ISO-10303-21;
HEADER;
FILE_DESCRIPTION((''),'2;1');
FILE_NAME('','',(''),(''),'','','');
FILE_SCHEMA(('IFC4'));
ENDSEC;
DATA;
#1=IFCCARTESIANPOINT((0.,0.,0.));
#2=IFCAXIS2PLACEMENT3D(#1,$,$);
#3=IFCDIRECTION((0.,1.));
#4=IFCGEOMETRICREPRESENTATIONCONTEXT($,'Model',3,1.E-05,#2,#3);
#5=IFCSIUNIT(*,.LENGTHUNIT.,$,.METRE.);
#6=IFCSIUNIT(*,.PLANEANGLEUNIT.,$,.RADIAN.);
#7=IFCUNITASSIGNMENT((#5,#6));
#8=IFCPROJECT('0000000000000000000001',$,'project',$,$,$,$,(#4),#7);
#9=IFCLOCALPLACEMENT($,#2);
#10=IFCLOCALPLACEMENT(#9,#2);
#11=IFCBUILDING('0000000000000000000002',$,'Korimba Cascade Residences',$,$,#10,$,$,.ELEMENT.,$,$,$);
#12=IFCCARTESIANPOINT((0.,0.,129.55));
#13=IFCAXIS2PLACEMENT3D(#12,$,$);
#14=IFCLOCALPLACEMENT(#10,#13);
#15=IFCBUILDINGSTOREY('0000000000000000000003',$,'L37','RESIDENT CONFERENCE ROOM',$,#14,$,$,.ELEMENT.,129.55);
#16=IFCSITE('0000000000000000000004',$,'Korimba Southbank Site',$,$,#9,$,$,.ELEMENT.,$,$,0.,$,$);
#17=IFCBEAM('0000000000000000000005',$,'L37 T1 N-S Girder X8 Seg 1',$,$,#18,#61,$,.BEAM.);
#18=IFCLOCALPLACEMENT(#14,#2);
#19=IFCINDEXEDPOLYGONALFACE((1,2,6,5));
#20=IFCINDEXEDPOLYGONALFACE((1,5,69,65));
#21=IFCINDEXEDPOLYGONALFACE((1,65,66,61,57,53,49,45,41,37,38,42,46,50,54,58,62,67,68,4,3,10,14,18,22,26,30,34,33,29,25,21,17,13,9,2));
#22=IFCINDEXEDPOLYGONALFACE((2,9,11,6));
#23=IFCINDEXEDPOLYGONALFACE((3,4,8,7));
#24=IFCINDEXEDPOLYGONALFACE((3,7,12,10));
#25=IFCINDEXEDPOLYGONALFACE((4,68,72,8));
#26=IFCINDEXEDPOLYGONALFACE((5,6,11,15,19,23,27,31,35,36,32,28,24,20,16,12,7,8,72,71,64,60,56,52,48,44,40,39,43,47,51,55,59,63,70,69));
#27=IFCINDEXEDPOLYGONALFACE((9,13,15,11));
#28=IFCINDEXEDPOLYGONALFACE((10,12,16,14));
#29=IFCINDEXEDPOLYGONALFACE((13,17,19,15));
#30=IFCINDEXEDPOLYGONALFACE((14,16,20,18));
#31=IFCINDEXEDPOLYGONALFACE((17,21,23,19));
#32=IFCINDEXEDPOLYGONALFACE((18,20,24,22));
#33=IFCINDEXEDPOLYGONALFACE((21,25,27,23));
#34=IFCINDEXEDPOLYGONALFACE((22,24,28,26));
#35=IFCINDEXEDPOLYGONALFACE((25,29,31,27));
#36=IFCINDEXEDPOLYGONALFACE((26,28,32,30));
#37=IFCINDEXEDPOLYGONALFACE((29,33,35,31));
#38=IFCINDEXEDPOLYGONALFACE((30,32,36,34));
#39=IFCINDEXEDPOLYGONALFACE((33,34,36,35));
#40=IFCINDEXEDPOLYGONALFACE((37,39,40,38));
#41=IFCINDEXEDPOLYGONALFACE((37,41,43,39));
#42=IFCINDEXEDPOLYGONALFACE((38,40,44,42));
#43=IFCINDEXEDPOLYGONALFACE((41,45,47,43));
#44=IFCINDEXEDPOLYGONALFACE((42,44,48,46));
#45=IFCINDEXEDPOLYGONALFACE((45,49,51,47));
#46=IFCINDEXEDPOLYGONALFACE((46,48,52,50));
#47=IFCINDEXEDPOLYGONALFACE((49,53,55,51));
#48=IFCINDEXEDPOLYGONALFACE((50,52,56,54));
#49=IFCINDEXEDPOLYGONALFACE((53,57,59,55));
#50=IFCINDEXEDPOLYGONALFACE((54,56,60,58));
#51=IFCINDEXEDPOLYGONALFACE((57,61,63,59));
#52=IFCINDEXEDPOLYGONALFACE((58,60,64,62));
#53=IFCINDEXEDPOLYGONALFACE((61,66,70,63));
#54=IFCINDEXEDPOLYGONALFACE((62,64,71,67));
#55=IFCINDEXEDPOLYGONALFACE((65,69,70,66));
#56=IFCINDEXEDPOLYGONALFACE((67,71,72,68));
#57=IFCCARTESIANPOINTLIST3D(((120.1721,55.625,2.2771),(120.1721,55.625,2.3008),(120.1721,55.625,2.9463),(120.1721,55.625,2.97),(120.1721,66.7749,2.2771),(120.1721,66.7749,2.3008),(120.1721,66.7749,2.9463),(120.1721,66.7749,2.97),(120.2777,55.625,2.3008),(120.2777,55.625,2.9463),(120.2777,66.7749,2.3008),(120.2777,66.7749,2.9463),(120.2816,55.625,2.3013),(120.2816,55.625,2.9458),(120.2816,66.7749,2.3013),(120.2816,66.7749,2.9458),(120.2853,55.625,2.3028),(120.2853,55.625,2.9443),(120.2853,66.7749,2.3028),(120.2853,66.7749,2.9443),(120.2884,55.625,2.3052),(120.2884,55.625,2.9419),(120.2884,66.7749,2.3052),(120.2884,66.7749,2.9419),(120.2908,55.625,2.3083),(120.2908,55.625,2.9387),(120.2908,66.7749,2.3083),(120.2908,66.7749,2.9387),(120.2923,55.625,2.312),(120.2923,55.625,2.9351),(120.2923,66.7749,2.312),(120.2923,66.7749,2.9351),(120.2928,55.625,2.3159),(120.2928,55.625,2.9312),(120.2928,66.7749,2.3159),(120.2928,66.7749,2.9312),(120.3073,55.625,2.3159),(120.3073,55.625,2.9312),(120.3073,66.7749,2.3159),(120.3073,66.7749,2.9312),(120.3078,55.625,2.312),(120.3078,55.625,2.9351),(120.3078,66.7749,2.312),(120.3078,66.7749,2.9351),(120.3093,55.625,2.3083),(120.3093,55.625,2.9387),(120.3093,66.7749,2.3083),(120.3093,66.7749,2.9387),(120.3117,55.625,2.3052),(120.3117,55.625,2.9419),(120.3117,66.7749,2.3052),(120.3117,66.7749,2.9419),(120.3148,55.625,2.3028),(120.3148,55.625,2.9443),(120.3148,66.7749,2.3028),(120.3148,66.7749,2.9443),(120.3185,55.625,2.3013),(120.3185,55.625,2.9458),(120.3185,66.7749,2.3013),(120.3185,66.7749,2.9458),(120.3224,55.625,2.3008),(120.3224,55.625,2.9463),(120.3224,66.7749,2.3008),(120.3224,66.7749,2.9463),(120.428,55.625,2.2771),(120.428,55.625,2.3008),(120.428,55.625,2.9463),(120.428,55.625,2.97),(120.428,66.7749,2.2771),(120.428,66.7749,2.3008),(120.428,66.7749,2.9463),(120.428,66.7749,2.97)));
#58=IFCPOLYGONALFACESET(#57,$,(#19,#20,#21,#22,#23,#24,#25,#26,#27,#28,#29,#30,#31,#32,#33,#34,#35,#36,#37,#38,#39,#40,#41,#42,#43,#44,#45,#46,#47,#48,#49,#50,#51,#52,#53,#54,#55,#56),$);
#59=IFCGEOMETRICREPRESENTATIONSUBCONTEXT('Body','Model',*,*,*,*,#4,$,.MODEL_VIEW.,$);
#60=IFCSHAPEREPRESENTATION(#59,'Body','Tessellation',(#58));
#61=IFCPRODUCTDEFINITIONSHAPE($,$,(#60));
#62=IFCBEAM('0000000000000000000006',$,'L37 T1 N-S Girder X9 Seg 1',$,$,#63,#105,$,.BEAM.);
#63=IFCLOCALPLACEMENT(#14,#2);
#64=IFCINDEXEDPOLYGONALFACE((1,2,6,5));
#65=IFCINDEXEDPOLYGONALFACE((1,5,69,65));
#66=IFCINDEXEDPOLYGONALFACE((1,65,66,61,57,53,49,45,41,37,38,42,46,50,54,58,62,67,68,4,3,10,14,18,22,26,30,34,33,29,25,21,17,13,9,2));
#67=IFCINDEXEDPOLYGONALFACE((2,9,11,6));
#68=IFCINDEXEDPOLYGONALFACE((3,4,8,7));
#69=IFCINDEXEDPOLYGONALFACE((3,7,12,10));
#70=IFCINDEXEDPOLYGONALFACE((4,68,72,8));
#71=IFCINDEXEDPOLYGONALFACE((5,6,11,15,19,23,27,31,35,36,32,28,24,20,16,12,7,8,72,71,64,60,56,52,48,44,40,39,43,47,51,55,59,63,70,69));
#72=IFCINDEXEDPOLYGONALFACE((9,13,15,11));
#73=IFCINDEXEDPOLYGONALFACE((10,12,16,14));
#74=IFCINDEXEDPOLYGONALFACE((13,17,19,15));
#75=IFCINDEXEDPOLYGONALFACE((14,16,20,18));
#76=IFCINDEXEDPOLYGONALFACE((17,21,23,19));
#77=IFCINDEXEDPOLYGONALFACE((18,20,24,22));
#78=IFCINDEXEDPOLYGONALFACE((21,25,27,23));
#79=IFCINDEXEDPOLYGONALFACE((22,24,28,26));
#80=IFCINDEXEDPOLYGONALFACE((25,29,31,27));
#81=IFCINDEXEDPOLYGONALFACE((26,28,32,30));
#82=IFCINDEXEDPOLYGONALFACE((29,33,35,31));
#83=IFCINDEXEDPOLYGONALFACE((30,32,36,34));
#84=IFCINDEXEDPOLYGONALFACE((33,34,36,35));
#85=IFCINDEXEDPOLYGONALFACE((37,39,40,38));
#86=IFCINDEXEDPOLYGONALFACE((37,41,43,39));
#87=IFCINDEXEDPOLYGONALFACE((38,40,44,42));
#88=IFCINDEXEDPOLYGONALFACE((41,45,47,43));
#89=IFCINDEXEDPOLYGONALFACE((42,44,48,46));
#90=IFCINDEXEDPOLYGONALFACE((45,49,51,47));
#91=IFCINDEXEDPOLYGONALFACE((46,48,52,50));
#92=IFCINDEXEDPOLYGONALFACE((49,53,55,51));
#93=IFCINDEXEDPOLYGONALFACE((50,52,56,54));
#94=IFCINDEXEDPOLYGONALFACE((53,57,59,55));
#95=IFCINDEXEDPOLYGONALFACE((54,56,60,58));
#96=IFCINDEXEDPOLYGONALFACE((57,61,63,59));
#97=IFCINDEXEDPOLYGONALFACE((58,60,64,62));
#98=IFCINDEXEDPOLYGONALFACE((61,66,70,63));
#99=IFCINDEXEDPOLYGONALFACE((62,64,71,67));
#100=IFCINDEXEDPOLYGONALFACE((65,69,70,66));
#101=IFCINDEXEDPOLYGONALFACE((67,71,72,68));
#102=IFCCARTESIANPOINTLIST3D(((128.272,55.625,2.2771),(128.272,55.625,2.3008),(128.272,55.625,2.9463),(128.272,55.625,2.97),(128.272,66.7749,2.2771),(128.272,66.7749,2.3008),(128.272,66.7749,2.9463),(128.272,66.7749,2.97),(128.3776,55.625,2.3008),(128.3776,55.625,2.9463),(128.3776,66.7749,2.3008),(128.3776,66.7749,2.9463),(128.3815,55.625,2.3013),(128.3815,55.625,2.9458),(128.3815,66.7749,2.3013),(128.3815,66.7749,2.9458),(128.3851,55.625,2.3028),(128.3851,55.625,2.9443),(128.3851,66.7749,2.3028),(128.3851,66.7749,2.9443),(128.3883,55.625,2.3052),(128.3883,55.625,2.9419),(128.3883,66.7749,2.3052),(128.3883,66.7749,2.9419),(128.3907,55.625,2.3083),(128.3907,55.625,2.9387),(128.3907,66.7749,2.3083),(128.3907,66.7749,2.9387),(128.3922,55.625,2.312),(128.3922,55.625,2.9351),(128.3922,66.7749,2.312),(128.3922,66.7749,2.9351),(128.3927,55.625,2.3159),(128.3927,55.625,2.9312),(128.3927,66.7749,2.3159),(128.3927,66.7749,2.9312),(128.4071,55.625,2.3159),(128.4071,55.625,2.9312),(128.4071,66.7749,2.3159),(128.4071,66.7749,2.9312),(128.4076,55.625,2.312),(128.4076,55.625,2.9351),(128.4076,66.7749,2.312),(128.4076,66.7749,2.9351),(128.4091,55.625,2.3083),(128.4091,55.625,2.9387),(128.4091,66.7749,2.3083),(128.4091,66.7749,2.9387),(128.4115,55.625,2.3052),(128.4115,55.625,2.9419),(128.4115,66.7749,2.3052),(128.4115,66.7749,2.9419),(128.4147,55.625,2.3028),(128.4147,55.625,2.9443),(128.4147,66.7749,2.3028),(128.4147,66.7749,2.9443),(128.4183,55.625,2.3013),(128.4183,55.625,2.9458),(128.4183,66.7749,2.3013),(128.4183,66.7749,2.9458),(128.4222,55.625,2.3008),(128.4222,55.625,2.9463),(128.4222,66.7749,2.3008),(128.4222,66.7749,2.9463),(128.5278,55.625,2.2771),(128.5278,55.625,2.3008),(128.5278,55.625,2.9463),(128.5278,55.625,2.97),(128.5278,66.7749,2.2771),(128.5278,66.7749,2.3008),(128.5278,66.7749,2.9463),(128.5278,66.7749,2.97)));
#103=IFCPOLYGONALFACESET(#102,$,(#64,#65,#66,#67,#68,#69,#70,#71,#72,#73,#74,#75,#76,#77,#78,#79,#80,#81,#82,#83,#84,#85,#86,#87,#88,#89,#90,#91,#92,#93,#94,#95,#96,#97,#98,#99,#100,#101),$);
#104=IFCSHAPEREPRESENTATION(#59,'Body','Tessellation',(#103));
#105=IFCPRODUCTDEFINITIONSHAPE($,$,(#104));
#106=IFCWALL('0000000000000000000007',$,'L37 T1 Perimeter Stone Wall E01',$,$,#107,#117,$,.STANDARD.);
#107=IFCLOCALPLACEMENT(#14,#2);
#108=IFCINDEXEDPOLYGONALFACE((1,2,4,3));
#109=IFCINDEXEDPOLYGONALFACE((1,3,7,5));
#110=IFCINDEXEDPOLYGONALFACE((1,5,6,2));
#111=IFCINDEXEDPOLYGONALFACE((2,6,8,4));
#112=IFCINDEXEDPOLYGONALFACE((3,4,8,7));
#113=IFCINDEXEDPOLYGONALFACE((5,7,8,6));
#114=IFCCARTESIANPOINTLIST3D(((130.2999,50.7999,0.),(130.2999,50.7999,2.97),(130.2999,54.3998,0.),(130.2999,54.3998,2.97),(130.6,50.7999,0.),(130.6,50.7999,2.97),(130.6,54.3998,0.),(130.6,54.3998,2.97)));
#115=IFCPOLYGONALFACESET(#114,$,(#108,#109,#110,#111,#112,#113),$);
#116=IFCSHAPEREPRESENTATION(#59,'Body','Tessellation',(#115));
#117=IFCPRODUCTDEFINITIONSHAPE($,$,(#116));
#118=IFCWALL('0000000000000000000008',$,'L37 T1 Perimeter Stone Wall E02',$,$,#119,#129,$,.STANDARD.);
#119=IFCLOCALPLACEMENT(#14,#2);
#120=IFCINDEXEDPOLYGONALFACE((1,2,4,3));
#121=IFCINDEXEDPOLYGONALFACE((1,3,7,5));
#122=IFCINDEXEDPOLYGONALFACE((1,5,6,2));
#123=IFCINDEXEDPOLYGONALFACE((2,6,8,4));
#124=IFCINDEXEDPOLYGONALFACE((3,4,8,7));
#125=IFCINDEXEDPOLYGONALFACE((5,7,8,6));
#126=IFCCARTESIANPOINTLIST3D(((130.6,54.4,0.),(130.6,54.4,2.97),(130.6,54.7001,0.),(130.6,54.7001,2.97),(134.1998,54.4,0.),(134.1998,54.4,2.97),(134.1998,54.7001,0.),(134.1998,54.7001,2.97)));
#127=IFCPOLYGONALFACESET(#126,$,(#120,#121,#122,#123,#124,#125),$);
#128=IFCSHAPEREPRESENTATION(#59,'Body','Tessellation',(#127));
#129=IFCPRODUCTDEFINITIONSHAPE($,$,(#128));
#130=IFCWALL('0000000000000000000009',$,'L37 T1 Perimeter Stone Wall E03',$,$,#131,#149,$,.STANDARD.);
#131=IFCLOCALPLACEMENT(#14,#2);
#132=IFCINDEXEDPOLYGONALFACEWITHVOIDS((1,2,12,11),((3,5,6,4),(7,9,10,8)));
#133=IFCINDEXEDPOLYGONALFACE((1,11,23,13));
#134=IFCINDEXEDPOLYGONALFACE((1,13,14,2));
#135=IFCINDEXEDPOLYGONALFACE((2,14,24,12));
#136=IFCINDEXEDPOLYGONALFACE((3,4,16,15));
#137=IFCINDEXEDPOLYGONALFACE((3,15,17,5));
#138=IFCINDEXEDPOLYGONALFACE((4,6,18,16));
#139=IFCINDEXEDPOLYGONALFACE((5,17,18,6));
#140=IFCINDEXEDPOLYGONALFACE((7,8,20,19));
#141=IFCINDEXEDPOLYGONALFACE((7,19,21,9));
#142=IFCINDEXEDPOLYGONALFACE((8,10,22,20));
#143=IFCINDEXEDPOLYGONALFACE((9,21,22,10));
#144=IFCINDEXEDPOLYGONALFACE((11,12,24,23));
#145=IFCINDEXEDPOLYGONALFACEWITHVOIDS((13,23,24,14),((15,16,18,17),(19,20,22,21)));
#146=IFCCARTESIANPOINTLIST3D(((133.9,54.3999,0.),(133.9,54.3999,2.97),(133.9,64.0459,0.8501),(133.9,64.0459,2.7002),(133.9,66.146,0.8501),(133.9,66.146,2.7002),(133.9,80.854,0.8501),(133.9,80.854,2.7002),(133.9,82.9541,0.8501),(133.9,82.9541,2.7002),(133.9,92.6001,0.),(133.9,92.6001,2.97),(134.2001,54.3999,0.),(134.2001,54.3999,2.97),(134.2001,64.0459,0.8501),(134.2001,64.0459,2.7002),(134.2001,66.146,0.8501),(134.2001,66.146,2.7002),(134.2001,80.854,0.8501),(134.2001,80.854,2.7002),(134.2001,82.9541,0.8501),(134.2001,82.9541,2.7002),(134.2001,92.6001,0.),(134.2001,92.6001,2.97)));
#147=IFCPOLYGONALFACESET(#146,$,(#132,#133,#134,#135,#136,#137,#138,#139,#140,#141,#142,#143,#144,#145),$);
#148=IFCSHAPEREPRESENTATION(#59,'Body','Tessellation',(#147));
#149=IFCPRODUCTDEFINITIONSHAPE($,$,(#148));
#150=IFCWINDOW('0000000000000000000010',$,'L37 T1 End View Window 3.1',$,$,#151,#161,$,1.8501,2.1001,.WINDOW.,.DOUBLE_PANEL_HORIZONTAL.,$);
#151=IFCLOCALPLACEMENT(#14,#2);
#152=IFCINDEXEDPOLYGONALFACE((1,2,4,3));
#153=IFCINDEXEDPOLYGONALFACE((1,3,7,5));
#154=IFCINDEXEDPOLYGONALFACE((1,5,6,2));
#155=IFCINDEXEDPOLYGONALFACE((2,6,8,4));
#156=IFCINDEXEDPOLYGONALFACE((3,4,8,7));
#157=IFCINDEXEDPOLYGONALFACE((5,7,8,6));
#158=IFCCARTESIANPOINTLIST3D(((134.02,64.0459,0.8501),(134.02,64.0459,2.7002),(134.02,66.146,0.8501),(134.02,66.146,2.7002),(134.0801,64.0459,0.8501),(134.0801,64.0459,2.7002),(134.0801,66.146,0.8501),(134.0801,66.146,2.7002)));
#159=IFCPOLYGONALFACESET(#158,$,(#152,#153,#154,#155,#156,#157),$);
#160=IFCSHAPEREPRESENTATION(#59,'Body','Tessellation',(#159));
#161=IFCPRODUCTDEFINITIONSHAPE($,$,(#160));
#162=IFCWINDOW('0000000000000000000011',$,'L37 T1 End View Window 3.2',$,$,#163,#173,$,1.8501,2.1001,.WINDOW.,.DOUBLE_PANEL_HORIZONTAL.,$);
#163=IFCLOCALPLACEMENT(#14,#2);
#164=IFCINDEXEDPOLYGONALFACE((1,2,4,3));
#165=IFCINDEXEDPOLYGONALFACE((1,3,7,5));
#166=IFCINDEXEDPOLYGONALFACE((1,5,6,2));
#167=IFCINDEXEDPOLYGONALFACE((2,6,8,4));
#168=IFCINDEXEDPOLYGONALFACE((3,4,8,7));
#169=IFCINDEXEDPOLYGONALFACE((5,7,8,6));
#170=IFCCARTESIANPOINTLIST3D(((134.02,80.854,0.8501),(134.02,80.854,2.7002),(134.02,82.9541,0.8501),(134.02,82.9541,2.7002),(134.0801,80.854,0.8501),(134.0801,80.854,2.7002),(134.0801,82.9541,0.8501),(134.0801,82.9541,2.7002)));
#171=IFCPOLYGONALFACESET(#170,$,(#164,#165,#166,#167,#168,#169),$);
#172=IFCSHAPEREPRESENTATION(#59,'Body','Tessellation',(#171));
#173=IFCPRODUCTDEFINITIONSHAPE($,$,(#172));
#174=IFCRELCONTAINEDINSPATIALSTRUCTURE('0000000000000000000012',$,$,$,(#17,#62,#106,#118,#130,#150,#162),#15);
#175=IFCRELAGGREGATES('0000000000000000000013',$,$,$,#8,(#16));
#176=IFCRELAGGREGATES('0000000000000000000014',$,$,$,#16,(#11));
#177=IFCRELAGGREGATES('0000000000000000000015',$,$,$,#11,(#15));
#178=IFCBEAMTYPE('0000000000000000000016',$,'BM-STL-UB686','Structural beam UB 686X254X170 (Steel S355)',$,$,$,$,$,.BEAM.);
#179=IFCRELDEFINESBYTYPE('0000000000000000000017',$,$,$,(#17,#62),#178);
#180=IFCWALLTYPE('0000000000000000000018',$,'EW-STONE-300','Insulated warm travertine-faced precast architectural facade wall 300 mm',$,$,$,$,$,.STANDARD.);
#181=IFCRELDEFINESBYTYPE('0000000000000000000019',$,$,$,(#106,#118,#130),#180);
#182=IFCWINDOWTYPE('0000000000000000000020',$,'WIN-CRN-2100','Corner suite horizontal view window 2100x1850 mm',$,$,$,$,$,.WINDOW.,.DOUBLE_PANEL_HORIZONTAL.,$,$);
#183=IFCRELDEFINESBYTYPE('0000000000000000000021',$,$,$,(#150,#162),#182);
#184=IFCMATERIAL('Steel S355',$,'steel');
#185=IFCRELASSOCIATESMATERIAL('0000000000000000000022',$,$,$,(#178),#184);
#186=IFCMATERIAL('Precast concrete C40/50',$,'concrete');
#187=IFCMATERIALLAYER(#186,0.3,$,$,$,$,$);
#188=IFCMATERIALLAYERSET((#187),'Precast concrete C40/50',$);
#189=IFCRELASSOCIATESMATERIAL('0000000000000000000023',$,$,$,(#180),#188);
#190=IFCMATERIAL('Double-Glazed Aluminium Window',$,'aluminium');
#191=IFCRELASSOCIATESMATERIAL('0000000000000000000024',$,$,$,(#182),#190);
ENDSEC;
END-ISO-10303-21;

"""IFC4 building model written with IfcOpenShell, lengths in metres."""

from ifc_helpers import new_model, si_unit, direction, frame, frame_2d, origin, origin_2d, place, context, subcontext, project, spatial, rectangle, i_section, extrude, material, layer, layer_set, material_profile, profile_set, type_object, element, fill, save


model = new_model("IFC4")

# Units and contexts
model_context = context("Model", 3, precision=1e-05, world=origin(), true_north=direction((0.0, 1.0)))
body_context = subcontext(model_context, "Body", "Model", "MODEL_VIEW")
ifc_project = project(units=[si_unit("LENGTHUNIT", "METRE"), si_unit("PLANEANGLEUNIT", "RADIAN")], contexts=[model_context])

# Site, building, storey
site_placement = place(None, origin())
site = spatial("IfcSite", under=ifc_project, at=site_placement, Name="Korimba Southbank Site", CompositionType="ELEMENT", RefElevation=0.0)
building_placement = place(site_placement, origin())
building = spatial("IfcBuilding", under=site, at=building_placement, Name="Korimba Cascade Residences", CompositionType="ELEMENT")
storey_placement = place(building_placement, frame((0.0, 0.0, 129.55)))
storey = spatial("IfcBuildingStorey", under=building, at=storey_placement, Name="L37", Description="RESIDENT CONFERENCE ROOM", CompositionType="ELEMENT", Elevation=129.55)

# Beams
ifc_material_1 = material(Name="Steel S355", Category="steel")
ifc_material_profile_1 = material_profile(ifc_material_1, i_section(OverallWidth=0.2559, OverallDepth=0.6929, WebThickness=0.0144, FlangeThickness=0.0237, FilletRadius=0.0151, at=origin_2d()), Name="Steel S355")
ifc_profile_set_1 = profile_set([ifc_material_profile_1], Name="Steel S355")
beam_type_1 = type_object("IfcBeamType", Name="BM-STL-UB686", Description="Structural beam UB 686X254X170 (Steel S355)", PredefinedType="BEAM", material=ifc_profile_set_1)
for number, where, z_axis, x_axis, name in (
    (1, (120.3, 55.625, 2.6235), (0.0, 1.0, 0.0), (-1.0, 0.0, 0.0), "L37 T1 N-S Girder X8 Seg 1"),
    (2, (128.3999, 55.625, 2.6235), (0.0, 1.0, 0.0), (-1.0, 0.0, 0.0), "L37 T1 N-S Girder X9 Seg 1"),
):
    element("IfcBeam", number, at=place(storey_placement, frame(where, z_axis=z_axis, x_axis=x_axis)), inside=storey, type_object=beam_type_1, Name=name, PredefinedType="BEAM", context=body_context, shape_type="SweptSolid", body=[
        extrude(i_section(OverallWidth=0.2559, OverallDepth=0.6929, WebThickness=0.0144, FlangeThickness=0.0237, FilletRadius=0.0151, at=origin_2d()), origin(), (0.0, 0.0, 1.0), 11.1499),
    ])

# Walls
ifc_material_2 = material(Name="Precast concrete C40/50", Category="concrete")
ifc_layer_1 = layer(ifc_material_2, 0.3)
ifc_layer_set_1 = layer_set([ifc_layer_1], Name="Precast concrete C40/50")
wall_type_1 = type_object("IfcWallType", Name="EW-STONE-300", Description="Insulated warm travertine-faced precast architectural facade wall 300 mm", PredefinedType="STANDARD", material=ifc_layer_set_1)
for number, where, z_axis, x_axis, name in (
    (3, (130.45, 50.8, 0.0), (0.0, 0.0, 1.0), (0.0, 1.0, 0.0), "L37 T1 Perimeter Stone Wall E01"),
    (4, (130.6001, 54.55, 0.0), (0.0, 0.0, 1.0), (1.0, 0.0, 0.0), "L37 T1 Perimeter Stone Wall E02"),
):
    element("IfcWall", number, at=place(storey_placement, frame(where, z_axis=z_axis, x_axis=x_axis)), inside=storey, type_object=wall_type_1, Name=name, PredefinedType="STANDARD", context=body_context, shape_type="SweptSolid", body=[
        extrude(rectangle(XDim=3.5999, YDim=0.3, at=frame_2d((1.7998, 0.0))), origin(), (0.0, 0.0, 1.0), 2.97),
    ])

# Wall, openings, windows
wall_1_placement = place(storey_placement, frame((134.05, 54.3999, 0.0), z_axis=(0.0, 0.0, 1.0), x_axis=(0.0, 1.0, 0.0)))
wall_1 = element("IfcWall", 5, at=wall_1_placement, inside=storey, type_object=wall_type_1, Name="L37 T1 Perimeter Stone Wall E03", PredefinedType="STANDARD", context=body_context, shape_type="SweptSolid", body=[
    extrude(rectangle(XDim=38.2002, YDim=0.3, at=frame_2d((19.1001, 0.0))), origin(), (0.0, 0.0, 1.0), 2.97),
])
opening_1_placement = place(wall_1_placement, frame((9.646, 0.0, 0.8501)))
opening_1 = element("IfcOpeningElement", 6, at=opening_1_placement, cuts=wall_1, PredefinedType="OPENING", context=body_context, shape_type="SweptSolid", body=[
    extrude(rectangle(XDim=2.1001, YDim=1.8501, at=frame_2d((1.05, 0.925))), frame((0.0, 0.1602, 0.0), z_axis=(0.0, -1.0, 0.0), x_axis=(1.0, 0.0, 0.0)), (0.0, 0.0, 1.0), 0.3201),
])
opening_2_placement = place(wall_1_placement, frame((26.4541, 0.0, 0.8501)))
opening_2 = element("IfcOpeningElement", 7, at=opening_2_placement, cuts=wall_1, PredefinedType="OPENING", context=body_context, shape_type="SweptSolid", body=[
    extrude(rectangle(XDim=2.1001, YDim=1.8501, at=frame_2d((1.05, 0.925))), frame((0.0, 0.1602, 0.0), z_axis=(0.0, -1.0, 0.0), x_axis=(1.0, 0.0, 0.0)), (0.0, 0.0, 1.0), 0.3201),
])
ifc_material_3 = material(Name="Double-Glazed Aluminium Window", Category="aluminium")
window_type_1 = type_object("IfcWindowType", Name="WIN-CRN-2100", Description="Corner suite horizontal view window 2100x1850 mm", PartitioningType="DOUBLE_PANEL_HORIZONTAL", PredefinedType="WINDOW", material=ifc_material_3)
window_1_placement = place(opening_1_placement, origin())
window_1 = element("IfcWindow", 8, at=window_1_placement, inside=storey, type_object=window_type_1, Name="L37 T1 End View Window 3.1", OverallHeight=1.8501, OverallWidth=2.1001, PartitioningType="DOUBLE_PANEL_HORIZONTAL", PredefinedType="WINDOW", context=body_context, shape_type="SweptSolid", body=[
    extrude(rectangle(XDim=2.1001, YDim=1.8501, at=frame_2d((1.05, 0.925))), frame((0.0, 0.03, 0.0), z_axis=(0.0, -1.0, 0.0), x_axis=(1.0, 0.0, 0.0)), (0.0, 0.0, 1.0), 0.0601),
])
fill(opening_1, window_1)
window_2_placement = place(opening_2_placement, origin())
window_2 = element("IfcWindow", 9, at=window_2_placement, inside=storey, type_object=window_type_1, Name="L37 T1 End View Window 3.2", OverallHeight=1.8501, OverallWidth=2.1001, PartitioningType="DOUBLE_PANEL_HORIZONTAL", PredefinedType="WINDOW", context=body_context, shape_type="SweptSolid", body=[
    extrude(rectangle(XDim=2.1001, YDim=1.8501, at=frame_2d((1.05, 0.925))), frame((0.0, 0.03, 0.0), z_axis=(0.0, -1.0, 0.0), x_axis=(1.0, 0.0, 0.0)), (0.0, 0.0, 1.0), 0.0601),
])
fill(opening_2, window_2)

save(model, "model.ifc")
